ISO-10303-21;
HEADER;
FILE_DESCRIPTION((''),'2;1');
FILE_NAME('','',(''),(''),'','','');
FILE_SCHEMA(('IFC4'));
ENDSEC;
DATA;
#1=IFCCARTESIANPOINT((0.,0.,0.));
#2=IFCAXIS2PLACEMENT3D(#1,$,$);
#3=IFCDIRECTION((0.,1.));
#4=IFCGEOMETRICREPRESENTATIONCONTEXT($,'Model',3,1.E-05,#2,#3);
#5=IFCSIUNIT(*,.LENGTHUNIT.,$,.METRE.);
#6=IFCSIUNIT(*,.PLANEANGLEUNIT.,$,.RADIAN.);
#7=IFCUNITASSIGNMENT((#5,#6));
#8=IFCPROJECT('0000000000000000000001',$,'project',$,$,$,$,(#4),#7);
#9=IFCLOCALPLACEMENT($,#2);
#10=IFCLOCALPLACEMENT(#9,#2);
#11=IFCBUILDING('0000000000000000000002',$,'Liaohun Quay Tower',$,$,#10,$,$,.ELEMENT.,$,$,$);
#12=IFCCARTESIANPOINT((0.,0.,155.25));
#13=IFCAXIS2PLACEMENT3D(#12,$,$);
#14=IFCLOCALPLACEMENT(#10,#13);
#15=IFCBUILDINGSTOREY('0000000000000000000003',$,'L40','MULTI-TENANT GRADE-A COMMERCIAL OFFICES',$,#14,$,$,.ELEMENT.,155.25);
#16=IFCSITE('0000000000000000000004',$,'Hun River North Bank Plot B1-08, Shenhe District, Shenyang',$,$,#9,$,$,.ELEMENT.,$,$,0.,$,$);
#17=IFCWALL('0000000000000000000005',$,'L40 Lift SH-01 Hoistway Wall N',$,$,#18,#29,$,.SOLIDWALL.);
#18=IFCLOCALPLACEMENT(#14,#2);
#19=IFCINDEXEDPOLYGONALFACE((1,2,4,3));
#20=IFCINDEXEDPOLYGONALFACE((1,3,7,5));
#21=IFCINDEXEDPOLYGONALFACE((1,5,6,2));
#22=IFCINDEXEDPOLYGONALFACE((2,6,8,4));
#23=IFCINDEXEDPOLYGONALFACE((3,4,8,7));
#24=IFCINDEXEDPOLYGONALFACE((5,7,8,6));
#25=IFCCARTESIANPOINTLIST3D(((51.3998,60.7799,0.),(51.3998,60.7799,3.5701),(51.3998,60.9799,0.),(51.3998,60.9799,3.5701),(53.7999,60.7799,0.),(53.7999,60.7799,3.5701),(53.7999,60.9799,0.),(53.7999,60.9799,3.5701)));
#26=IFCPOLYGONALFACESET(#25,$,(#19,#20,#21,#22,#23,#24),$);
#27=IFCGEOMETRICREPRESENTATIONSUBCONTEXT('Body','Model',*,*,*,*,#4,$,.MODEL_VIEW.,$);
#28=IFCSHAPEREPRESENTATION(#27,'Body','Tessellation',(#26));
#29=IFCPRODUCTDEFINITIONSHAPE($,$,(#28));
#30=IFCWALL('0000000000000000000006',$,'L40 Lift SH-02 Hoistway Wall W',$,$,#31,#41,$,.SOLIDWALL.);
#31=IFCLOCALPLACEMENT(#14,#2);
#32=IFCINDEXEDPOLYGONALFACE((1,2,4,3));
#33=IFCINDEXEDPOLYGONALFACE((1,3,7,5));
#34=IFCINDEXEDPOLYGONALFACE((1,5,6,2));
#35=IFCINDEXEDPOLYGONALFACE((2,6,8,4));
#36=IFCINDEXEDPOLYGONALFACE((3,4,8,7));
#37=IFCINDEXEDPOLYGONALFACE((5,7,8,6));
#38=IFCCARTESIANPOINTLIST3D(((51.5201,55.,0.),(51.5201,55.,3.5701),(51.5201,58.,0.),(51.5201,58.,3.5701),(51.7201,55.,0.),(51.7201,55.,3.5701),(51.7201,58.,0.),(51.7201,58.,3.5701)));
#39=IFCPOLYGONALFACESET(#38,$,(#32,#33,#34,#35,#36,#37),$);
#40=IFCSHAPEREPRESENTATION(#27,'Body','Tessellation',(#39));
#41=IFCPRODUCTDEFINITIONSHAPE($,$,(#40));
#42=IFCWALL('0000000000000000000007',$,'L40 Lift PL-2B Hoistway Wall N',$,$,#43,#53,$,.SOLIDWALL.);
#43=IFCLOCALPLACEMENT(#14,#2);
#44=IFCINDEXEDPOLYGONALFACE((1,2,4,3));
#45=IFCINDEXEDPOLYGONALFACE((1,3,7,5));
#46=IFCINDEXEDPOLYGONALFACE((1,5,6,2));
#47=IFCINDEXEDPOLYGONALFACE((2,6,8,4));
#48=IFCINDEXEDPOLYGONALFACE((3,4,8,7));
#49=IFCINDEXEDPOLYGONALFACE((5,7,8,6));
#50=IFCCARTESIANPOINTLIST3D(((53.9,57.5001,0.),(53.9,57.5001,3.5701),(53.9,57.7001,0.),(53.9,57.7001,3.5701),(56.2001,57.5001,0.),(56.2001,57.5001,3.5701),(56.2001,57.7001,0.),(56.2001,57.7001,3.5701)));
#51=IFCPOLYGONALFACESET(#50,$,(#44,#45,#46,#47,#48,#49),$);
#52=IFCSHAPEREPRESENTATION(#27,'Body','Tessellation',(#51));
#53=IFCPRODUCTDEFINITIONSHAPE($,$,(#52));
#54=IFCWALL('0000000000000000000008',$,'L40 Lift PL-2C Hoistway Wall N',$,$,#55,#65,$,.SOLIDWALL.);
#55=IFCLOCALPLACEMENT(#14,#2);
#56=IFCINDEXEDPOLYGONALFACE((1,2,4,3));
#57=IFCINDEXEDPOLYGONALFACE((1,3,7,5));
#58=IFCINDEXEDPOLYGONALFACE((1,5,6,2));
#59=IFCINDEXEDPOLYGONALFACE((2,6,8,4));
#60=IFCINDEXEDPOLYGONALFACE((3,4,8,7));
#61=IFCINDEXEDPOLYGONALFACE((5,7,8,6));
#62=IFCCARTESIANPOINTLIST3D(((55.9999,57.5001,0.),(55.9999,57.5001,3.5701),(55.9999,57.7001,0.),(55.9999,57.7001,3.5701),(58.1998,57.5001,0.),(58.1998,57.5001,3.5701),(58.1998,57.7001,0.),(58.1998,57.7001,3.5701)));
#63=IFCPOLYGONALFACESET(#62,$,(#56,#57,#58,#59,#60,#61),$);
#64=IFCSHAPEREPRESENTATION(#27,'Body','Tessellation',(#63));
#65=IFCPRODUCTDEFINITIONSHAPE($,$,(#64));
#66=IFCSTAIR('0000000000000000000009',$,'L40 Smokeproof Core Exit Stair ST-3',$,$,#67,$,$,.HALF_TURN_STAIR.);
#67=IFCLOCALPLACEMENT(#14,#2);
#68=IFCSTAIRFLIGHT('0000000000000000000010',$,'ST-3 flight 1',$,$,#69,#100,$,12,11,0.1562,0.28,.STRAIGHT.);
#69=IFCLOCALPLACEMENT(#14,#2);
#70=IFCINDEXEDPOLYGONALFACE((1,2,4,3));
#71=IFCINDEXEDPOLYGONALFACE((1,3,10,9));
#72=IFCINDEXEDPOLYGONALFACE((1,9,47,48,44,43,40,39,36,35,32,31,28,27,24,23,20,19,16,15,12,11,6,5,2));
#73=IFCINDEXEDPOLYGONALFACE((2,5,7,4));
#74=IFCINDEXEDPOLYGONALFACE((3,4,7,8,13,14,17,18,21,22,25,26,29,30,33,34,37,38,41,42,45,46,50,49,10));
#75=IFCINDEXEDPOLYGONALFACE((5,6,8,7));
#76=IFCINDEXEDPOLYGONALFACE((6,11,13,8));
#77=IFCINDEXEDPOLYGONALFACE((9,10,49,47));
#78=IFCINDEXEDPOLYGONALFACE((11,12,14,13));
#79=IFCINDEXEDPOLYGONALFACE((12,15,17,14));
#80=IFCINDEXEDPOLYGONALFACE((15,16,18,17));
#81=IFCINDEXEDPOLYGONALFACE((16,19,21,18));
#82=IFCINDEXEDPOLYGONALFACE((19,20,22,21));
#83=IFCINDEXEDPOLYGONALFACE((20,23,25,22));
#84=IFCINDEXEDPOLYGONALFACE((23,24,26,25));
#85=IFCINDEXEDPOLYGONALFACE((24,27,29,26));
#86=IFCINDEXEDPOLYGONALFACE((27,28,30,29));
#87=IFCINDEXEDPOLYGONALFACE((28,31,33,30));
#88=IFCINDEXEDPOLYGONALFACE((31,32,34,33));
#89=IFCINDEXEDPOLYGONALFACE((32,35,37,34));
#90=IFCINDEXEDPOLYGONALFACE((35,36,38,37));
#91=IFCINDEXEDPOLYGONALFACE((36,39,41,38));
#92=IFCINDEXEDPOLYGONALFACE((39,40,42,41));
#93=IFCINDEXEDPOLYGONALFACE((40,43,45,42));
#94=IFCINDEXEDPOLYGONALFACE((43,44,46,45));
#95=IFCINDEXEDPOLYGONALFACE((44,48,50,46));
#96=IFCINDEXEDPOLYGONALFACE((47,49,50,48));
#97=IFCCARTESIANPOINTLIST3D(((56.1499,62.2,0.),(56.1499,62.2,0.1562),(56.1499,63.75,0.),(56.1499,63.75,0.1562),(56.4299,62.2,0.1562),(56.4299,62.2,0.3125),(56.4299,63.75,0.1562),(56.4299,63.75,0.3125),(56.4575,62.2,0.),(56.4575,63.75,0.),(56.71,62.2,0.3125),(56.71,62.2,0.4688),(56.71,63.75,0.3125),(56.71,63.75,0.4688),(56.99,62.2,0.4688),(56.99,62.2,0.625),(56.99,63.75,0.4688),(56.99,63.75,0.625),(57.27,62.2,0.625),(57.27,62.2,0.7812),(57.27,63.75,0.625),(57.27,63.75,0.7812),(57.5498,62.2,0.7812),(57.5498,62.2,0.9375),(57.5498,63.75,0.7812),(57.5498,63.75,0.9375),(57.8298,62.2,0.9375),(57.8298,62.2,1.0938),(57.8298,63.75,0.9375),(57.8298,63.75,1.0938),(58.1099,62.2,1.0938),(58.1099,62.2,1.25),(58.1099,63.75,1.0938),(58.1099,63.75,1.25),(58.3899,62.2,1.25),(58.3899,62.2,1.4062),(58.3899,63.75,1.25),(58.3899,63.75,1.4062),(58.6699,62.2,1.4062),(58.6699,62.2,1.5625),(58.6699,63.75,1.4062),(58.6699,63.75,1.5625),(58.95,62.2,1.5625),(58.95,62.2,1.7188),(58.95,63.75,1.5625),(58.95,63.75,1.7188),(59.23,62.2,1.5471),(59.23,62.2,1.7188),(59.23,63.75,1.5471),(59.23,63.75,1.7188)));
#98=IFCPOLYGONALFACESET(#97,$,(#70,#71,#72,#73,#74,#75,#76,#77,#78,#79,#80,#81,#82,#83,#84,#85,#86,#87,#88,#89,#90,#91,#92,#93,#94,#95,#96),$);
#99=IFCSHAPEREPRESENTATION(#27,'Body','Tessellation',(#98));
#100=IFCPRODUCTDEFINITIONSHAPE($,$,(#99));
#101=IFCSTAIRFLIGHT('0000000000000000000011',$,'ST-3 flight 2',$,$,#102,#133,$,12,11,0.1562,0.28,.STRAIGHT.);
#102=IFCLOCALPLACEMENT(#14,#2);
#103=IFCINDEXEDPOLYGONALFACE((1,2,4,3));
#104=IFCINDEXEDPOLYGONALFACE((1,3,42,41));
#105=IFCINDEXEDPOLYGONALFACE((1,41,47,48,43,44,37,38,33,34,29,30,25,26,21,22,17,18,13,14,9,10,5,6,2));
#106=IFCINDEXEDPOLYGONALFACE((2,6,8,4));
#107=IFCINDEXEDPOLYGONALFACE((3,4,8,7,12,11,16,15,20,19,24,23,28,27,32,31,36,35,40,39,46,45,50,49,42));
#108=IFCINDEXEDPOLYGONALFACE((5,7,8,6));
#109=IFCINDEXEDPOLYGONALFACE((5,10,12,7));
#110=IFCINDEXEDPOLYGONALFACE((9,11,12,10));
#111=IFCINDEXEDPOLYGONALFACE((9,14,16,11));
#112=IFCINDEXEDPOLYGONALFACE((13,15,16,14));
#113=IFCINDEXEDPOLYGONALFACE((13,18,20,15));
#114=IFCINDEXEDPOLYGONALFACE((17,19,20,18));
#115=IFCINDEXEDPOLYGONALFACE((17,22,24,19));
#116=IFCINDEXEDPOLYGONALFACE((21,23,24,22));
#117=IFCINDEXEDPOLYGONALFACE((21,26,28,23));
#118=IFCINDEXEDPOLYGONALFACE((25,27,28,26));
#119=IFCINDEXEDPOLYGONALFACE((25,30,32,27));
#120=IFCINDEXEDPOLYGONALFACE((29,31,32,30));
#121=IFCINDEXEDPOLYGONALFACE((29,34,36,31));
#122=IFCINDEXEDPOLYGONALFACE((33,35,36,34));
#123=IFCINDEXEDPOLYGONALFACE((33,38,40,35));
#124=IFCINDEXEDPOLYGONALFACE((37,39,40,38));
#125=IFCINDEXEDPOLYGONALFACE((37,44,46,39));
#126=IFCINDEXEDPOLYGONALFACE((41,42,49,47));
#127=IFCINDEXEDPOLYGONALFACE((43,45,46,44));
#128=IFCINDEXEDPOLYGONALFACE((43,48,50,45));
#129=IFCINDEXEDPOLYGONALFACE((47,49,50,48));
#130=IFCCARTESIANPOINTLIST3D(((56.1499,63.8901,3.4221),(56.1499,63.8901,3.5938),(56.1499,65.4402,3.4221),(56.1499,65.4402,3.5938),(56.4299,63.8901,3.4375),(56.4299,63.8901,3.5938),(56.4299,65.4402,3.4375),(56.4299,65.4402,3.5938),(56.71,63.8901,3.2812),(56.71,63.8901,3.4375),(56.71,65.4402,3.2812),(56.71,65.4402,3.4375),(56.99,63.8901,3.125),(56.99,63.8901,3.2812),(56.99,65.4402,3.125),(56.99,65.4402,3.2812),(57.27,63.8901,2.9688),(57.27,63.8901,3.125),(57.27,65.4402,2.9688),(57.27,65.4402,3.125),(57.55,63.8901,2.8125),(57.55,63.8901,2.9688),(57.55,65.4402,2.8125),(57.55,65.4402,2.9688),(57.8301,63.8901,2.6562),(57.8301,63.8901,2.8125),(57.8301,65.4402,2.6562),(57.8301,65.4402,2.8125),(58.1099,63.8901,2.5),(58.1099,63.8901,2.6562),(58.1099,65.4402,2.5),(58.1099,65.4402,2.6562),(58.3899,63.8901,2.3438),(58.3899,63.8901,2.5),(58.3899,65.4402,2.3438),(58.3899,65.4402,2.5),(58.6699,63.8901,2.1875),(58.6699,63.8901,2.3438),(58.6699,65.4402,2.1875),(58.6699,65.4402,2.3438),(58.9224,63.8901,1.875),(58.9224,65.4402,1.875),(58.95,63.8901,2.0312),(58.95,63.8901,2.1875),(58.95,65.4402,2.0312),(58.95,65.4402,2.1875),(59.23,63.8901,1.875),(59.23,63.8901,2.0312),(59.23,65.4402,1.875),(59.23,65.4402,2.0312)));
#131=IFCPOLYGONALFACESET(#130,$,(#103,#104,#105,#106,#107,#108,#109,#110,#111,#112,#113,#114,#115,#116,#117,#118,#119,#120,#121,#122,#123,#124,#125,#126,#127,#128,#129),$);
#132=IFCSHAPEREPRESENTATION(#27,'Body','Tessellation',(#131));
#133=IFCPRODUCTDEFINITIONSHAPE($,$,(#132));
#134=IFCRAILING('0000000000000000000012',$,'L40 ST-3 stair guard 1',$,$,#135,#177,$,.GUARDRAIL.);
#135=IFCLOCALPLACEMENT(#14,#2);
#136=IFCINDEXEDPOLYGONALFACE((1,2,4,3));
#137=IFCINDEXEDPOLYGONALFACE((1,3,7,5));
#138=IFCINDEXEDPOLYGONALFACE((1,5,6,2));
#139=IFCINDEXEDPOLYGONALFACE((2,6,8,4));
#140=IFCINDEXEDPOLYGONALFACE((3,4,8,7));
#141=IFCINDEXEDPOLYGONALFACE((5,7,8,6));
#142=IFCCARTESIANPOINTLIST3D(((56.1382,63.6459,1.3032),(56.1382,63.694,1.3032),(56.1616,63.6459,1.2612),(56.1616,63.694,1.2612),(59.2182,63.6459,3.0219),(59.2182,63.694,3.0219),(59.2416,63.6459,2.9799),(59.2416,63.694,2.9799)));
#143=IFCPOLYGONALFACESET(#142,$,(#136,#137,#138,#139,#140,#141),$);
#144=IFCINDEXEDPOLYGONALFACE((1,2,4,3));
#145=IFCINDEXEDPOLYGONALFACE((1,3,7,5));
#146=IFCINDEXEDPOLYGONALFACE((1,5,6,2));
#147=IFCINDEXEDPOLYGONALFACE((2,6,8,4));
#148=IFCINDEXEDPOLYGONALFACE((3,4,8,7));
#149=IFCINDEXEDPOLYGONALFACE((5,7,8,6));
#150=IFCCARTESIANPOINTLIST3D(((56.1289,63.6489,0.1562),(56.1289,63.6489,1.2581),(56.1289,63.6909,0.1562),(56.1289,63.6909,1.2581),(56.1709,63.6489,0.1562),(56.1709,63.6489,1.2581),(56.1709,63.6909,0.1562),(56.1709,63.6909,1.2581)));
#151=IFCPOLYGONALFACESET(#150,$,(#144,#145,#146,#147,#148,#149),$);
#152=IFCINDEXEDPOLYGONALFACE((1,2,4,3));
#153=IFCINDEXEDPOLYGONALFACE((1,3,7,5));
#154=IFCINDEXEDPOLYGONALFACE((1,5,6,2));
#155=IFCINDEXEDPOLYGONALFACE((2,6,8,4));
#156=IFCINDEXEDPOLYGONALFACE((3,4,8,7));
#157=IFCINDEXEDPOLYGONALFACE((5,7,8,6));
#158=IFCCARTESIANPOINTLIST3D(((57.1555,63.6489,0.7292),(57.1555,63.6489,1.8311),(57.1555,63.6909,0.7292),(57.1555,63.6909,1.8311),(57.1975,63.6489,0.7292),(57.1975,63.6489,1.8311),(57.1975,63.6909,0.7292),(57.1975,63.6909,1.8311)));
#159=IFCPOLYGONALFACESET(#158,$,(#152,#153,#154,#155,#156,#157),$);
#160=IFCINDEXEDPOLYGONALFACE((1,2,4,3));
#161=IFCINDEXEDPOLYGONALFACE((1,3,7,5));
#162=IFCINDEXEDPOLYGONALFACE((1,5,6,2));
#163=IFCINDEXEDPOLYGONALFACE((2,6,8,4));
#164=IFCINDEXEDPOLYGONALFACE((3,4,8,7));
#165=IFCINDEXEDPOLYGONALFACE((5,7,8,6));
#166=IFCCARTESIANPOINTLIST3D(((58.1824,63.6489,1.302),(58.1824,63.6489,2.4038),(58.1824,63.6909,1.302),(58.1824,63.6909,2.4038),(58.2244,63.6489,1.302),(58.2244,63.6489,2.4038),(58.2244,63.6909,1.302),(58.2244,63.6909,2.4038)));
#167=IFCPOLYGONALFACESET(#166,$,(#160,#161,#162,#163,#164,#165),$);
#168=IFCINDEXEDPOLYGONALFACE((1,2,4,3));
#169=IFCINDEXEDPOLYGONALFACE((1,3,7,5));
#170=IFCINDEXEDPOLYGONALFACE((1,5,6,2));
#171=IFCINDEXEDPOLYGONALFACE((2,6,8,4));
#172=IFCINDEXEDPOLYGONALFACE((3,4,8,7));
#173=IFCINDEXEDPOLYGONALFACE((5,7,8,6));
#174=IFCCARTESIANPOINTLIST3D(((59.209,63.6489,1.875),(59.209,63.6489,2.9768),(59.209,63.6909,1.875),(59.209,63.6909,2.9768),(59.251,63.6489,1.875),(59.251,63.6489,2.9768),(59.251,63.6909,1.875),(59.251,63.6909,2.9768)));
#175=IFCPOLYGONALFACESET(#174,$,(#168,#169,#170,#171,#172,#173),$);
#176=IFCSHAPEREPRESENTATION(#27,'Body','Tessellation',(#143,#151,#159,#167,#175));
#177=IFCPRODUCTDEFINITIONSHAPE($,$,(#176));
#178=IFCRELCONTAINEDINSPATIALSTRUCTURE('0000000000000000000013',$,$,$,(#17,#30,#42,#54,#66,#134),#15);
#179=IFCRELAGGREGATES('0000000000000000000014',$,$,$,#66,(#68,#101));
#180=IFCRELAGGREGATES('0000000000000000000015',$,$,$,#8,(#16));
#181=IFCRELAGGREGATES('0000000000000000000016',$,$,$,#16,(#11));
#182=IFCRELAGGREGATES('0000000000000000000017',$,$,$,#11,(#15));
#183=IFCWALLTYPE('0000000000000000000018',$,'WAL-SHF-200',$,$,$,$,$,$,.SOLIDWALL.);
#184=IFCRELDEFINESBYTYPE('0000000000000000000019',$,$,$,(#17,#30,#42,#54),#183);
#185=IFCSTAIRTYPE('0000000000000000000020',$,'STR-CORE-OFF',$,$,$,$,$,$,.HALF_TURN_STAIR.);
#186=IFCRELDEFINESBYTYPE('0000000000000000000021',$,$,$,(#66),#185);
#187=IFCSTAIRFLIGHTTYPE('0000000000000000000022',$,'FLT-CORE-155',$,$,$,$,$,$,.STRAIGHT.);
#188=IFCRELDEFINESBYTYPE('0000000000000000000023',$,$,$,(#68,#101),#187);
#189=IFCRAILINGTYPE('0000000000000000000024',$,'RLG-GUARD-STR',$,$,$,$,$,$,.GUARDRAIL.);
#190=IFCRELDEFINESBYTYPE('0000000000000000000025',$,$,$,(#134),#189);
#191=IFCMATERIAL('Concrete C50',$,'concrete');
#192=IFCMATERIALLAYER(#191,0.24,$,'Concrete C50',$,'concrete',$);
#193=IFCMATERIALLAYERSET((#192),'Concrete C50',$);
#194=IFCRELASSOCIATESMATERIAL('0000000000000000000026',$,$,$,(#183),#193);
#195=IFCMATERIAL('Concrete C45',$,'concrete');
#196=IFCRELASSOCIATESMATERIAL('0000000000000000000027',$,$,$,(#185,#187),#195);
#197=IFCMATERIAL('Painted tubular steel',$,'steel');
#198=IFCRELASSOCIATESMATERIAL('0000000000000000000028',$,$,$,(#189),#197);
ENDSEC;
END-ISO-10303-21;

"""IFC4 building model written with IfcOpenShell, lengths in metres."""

from ifc_helpers import new_model, si_unit, direction, frame, frame_2d, origin, origin_2d, place, context, subcontext, project, spatial, polyline, rectangle, outline, extrude, material, layer, layer_set, type_object, element, aggregate, save


model = new_model("IFC4")

# Units and contexts
model_context = context("Model", 3, precision=1e-05, world=origin(), true_north=direction((0.0, 1.0)))
body_context = subcontext(model_context, "Body", "Model", "MODEL_VIEW")
ifc_project = project(units=[si_unit("LENGTHUNIT", "METRE"), si_unit("PLANEANGLEUNIT", "RADIAN")], contexts=[model_context])

# Site, building, storey
site_placement = place(None, origin())
site = spatial("IfcSite", under=ifc_project, at=site_placement, Name="Hun River North Bank Plot B1-08, Shenhe District, Shenyang", CompositionType="ELEMENT", RefElevation=0.0)
building_placement = place(site_placement, origin())
building = spatial("IfcBuilding", under=site, at=building_placement, Name="Liaohun Quay Tower", CompositionType="ELEMENT")
storey_placement = place(building_placement, frame((0.0, 0.0, 155.25)))
storey = spatial("IfcBuildingStorey", under=building, at=storey_placement, Name="L40", Description="MULTI-TENANT GRADE-A COMMERCIAL OFFICES", CompositionType="ELEMENT", Elevation=155.25)

# Shared definitions
ifc_material_1 = material(Name="Concrete C50", Category="concrete")
ifc_layer_1 = layer(ifc_material_1, 0.24, Name="Concrete C50", Category="concrete")
ifc_layer_set_1 = layer_set([ifc_layer_1], Name="Concrete C50")
wall_type_1 = type_object("IfcWallType", Name="WAL-SHF-200", PredefinedType="SOLIDWALL", material=ifc_layer_set_1)

# Walls
wall_1_placement = place(storey_placement, frame((53.8, 60.8799, 0.0), z_axis=(0.0, 0.0, 1.0), x_axis=(-1.0, 0.0, 0.0)))
element("IfcWall", 1, at=wall_1_placement, inside=storey, type_object=wall_type_1, Name="L40 Lift SH-01 Hoistway Wall N", PredefinedType="SOLIDWALL", context=body_context, shape_type="SweptSolid", body=[
    extrude(rectangle(XDim=2.4001, YDim=0.2, at=frame_2d((1.2002, 0.0))), origin(), (0.0, 0.0, 1.0), 3.5701),
])
wall_2_placement = place(storey_placement, frame((51.6201, 58.0, 0.0), z_axis=(0.0, 0.0, 1.0), x_axis=(0.0, -1.0, 0.0)))
element("IfcWall", 2, at=wall_2_placement, inside=storey, type_object=wall_type_1, Name="L40 Lift SH-02 Hoistway Wall W", PredefinedType="SOLIDWALL", context=body_context, shape_type="SweptSolid", body=[
    extrude(rectangle(XDim=3.0, YDim=0.2, at=frame_2d((1.5, 0.0))), origin(), (0.0, 0.0, 1.0), 3.5701),
])
wall_3_placement = place(storey_placement, frame((56.2, 57.6001, 0.0), z_axis=(0.0, 0.0, 1.0), x_axis=(-1.0, 0.0, 0.0)))
element("IfcWall", 3, at=wall_3_placement, inside=storey, type_object=wall_type_1, Name="L40 Lift PL-2B Hoistway Wall N", PredefinedType="SOLIDWALL", context=body_context, shape_type="SweptSolid", body=[
    extrude(rectangle(XDim=2.3, YDim=0.2, at=frame_2d((1.1499, 0.0))), origin(), (0.0, 0.0, 1.0), 3.5701),
])
wall_4_placement = place(storey_placement, frame((58.2, 57.6001, 0.0), z_axis=(0.0, 0.0, 1.0), x_axis=(-1.0, 0.0, 0.0)))
element("IfcWall", 4, at=wall_4_placement, inside=storey, type_object=wall_type_1, Name="L40 Lift PL-2C Hoistway Wall N", PredefinedType="SOLIDWALL", context=body_context, shape_type="SweptSolid", body=[
    extrude(rectangle(XDim=2.2, YDim=0.2, at=frame_2d((1.1001, 0.0))), origin(), (0.0, 0.0, 1.0), 3.5701),
])

# Stair, stair flights
ifc_material_2 = material(Name="Concrete C45", Category="concrete")
stair_type = type_object("IfcStairType", Name="STR-CORE-OFF", PredefinedType="HALF_TURN_STAIR", material=ifc_material_2)
stair_placement = place(storey_placement, origin())
stair = element("IfcStair", 5, at=stair_placement, inside=storey, type_object=stair_type, Name="L40 Smokeproof Core Exit Stair ST-3", PredefinedType="HALF_TURN_STAIR")
stair_flight_type = type_object("IfcStairFlightType", Name="FLT-CORE-155", PredefinedType="STRAIGHT", material=ifc_material_2)
stair_flight_1_placement = place(storey_placement, frame((56.1499, 62.9751, 0.0), z_axis=(0.0, 0.0, 1.0), x_axis=(1.0, 0.0, 0.0)))
stair_flight_1 = element("IfcStairFlight", 6, at=stair_flight_1_placement, type_object=stair_flight_type, Name="ST-3 flight 1", NumberOfRisers=12, NumberOfTreads=11, PredefinedType="STRAIGHT", RiserHeight=0.1562, TreadLength=0.28, context=body_context, shape_type="SweptSolid", body=[
    extrude(outline(polyline([(0.0, 0.0), (0.0, 0.1562), (0.28, 0.1562), (0.28, 0.3125), (0.5601, 0.3125), (0.5601, 0.4688), (0.8401, 0.4688), (0.8401, 0.625), (1.1201, 0.625), (1.1201, 0.7812), (1.3999, 0.7812), (1.3999, 0.9375), (1.6799, 0.9375), (1.6799, 1.0938), (1.96, 1.0938), (1.96, 1.25), (2.24, 1.25), (2.24, 1.4062), (2.52, 1.4062), (2.52, 1.5625), (2.8, 1.5625), (2.8, 1.7188), (3.0801, 1.7188), (3.0801, 1.875), (3.0801, 1.5471), (0.3076, 0.0), (0.0, 0.0)])), frame((0.0, 0.7749, 0.0), z_axis=(0.0, -1.0, 0.0), x_axis=(1.0, 0.0, 0.0)), (0.0, 0.0, 1.0), 1.55),
])
stair_flight_2_placement = place(storey_placement, frame((59.23, 64.665, 1.875), z_axis=(0.0, 0.0, 1.0), x_axis=(-1.0, 0.0, 0.0)))
stair_flight_2 = element("IfcStairFlight", 7, at=stair_flight_2_placement, type_object=stair_flight_type, Name="ST-3 flight 2", NumberOfRisers=12, NumberOfTreads=11, PredefinedType="STRAIGHT", RiserHeight=0.1562, TreadLength=0.28, context=body_context, shape_type="SweptSolid", body=[
    extrude(outline(polyline([(0.0, 0.0), (0.0, 0.1562), (0.28, 0.1562), (0.28, 0.3125), (0.5601, 0.3125), (0.5601, 0.4688), (0.8401, 0.4688), (0.8401, 0.625), (1.1201, 0.625), (1.1201, 0.7812), (1.3999, 0.7812), (1.3999, 0.9375), (1.6799, 0.9375), (1.6799, 1.0938), (1.96, 1.0938), (1.96, 1.25), (2.24, 1.25), (2.24, 1.4062), (2.52, 1.4062), (2.52, 1.5625), (2.8, 1.5625), (2.8, 1.7188), (3.0801, 1.7188), (3.0801, 1.875), (3.0801, 1.5471), (0.3076, 0.0), (0.0, 0.0)])), frame((0.0, 0.7749, 0.0), z_axis=(0.0, -1.0, 0.0), x_axis=(1.0, 0.0, 0.0)), (0.0, 0.0, 1.0), 1.55),
])
aggregate(stair, [stair_flight_1, stair_flight_2])

# Railing
ifc_material_3 = material(Name="Painted tubular steel", Category="steel")
railing_type_1 = type_object("IfcRailingType", Name="RLG-GUARD-STR", PredefinedType="GUARDRAIL", material=ifc_material_3)
railing_1_placement = place(storey_placement, frame((56.1499, 63.6699, 0.1562)))
element("IfcRailing", 8, at=railing_1_placement, inside=storey, type_object=railing_type_1, Name="L40 ST-3 stair guard 1", PredefinedType="GUARDRAIL", context=body_context, shape_type="SweptSolid", body=[
    extrude(rectangle(XDim=0.0481, YDim=0.0481, at=origin_2d()), frame((0.0, 0.0, 1.126), z_axis=(0.873242, 0.0, 0.487288), x_axis=(0.0, 1.0, 0.0)), (0.0, 0.0, 1.0), 3.5271),
    extrude(rectangle(XDim=0.042, YDim=0.042, at=origin_2d()), origin(), (0.0, 0.0, 1.0), 1.1018),
    extrude(rectangle(XDim=0.042, YDim=0.042, at=origin_2d()), frame((1.0266, 0.0, 0.573)), (0.0, 0.0, 1.0), 1.1018),
    extrude(rectangle(XDim=0.042, YDim=0.042, at=origin_2d()), frame((2.0535, 0.0, 1.1458)), (0.0, 0.0, 1.0), 1.1018),
    extrude(rectangle(XDim=0.042, YDim=0.042, at=origin_2d()), frame((3.0801, 0.0, 1.7188)), (0.0, 0.0, 1.0), 1.1018),
])

save(model, "model.ifc")
